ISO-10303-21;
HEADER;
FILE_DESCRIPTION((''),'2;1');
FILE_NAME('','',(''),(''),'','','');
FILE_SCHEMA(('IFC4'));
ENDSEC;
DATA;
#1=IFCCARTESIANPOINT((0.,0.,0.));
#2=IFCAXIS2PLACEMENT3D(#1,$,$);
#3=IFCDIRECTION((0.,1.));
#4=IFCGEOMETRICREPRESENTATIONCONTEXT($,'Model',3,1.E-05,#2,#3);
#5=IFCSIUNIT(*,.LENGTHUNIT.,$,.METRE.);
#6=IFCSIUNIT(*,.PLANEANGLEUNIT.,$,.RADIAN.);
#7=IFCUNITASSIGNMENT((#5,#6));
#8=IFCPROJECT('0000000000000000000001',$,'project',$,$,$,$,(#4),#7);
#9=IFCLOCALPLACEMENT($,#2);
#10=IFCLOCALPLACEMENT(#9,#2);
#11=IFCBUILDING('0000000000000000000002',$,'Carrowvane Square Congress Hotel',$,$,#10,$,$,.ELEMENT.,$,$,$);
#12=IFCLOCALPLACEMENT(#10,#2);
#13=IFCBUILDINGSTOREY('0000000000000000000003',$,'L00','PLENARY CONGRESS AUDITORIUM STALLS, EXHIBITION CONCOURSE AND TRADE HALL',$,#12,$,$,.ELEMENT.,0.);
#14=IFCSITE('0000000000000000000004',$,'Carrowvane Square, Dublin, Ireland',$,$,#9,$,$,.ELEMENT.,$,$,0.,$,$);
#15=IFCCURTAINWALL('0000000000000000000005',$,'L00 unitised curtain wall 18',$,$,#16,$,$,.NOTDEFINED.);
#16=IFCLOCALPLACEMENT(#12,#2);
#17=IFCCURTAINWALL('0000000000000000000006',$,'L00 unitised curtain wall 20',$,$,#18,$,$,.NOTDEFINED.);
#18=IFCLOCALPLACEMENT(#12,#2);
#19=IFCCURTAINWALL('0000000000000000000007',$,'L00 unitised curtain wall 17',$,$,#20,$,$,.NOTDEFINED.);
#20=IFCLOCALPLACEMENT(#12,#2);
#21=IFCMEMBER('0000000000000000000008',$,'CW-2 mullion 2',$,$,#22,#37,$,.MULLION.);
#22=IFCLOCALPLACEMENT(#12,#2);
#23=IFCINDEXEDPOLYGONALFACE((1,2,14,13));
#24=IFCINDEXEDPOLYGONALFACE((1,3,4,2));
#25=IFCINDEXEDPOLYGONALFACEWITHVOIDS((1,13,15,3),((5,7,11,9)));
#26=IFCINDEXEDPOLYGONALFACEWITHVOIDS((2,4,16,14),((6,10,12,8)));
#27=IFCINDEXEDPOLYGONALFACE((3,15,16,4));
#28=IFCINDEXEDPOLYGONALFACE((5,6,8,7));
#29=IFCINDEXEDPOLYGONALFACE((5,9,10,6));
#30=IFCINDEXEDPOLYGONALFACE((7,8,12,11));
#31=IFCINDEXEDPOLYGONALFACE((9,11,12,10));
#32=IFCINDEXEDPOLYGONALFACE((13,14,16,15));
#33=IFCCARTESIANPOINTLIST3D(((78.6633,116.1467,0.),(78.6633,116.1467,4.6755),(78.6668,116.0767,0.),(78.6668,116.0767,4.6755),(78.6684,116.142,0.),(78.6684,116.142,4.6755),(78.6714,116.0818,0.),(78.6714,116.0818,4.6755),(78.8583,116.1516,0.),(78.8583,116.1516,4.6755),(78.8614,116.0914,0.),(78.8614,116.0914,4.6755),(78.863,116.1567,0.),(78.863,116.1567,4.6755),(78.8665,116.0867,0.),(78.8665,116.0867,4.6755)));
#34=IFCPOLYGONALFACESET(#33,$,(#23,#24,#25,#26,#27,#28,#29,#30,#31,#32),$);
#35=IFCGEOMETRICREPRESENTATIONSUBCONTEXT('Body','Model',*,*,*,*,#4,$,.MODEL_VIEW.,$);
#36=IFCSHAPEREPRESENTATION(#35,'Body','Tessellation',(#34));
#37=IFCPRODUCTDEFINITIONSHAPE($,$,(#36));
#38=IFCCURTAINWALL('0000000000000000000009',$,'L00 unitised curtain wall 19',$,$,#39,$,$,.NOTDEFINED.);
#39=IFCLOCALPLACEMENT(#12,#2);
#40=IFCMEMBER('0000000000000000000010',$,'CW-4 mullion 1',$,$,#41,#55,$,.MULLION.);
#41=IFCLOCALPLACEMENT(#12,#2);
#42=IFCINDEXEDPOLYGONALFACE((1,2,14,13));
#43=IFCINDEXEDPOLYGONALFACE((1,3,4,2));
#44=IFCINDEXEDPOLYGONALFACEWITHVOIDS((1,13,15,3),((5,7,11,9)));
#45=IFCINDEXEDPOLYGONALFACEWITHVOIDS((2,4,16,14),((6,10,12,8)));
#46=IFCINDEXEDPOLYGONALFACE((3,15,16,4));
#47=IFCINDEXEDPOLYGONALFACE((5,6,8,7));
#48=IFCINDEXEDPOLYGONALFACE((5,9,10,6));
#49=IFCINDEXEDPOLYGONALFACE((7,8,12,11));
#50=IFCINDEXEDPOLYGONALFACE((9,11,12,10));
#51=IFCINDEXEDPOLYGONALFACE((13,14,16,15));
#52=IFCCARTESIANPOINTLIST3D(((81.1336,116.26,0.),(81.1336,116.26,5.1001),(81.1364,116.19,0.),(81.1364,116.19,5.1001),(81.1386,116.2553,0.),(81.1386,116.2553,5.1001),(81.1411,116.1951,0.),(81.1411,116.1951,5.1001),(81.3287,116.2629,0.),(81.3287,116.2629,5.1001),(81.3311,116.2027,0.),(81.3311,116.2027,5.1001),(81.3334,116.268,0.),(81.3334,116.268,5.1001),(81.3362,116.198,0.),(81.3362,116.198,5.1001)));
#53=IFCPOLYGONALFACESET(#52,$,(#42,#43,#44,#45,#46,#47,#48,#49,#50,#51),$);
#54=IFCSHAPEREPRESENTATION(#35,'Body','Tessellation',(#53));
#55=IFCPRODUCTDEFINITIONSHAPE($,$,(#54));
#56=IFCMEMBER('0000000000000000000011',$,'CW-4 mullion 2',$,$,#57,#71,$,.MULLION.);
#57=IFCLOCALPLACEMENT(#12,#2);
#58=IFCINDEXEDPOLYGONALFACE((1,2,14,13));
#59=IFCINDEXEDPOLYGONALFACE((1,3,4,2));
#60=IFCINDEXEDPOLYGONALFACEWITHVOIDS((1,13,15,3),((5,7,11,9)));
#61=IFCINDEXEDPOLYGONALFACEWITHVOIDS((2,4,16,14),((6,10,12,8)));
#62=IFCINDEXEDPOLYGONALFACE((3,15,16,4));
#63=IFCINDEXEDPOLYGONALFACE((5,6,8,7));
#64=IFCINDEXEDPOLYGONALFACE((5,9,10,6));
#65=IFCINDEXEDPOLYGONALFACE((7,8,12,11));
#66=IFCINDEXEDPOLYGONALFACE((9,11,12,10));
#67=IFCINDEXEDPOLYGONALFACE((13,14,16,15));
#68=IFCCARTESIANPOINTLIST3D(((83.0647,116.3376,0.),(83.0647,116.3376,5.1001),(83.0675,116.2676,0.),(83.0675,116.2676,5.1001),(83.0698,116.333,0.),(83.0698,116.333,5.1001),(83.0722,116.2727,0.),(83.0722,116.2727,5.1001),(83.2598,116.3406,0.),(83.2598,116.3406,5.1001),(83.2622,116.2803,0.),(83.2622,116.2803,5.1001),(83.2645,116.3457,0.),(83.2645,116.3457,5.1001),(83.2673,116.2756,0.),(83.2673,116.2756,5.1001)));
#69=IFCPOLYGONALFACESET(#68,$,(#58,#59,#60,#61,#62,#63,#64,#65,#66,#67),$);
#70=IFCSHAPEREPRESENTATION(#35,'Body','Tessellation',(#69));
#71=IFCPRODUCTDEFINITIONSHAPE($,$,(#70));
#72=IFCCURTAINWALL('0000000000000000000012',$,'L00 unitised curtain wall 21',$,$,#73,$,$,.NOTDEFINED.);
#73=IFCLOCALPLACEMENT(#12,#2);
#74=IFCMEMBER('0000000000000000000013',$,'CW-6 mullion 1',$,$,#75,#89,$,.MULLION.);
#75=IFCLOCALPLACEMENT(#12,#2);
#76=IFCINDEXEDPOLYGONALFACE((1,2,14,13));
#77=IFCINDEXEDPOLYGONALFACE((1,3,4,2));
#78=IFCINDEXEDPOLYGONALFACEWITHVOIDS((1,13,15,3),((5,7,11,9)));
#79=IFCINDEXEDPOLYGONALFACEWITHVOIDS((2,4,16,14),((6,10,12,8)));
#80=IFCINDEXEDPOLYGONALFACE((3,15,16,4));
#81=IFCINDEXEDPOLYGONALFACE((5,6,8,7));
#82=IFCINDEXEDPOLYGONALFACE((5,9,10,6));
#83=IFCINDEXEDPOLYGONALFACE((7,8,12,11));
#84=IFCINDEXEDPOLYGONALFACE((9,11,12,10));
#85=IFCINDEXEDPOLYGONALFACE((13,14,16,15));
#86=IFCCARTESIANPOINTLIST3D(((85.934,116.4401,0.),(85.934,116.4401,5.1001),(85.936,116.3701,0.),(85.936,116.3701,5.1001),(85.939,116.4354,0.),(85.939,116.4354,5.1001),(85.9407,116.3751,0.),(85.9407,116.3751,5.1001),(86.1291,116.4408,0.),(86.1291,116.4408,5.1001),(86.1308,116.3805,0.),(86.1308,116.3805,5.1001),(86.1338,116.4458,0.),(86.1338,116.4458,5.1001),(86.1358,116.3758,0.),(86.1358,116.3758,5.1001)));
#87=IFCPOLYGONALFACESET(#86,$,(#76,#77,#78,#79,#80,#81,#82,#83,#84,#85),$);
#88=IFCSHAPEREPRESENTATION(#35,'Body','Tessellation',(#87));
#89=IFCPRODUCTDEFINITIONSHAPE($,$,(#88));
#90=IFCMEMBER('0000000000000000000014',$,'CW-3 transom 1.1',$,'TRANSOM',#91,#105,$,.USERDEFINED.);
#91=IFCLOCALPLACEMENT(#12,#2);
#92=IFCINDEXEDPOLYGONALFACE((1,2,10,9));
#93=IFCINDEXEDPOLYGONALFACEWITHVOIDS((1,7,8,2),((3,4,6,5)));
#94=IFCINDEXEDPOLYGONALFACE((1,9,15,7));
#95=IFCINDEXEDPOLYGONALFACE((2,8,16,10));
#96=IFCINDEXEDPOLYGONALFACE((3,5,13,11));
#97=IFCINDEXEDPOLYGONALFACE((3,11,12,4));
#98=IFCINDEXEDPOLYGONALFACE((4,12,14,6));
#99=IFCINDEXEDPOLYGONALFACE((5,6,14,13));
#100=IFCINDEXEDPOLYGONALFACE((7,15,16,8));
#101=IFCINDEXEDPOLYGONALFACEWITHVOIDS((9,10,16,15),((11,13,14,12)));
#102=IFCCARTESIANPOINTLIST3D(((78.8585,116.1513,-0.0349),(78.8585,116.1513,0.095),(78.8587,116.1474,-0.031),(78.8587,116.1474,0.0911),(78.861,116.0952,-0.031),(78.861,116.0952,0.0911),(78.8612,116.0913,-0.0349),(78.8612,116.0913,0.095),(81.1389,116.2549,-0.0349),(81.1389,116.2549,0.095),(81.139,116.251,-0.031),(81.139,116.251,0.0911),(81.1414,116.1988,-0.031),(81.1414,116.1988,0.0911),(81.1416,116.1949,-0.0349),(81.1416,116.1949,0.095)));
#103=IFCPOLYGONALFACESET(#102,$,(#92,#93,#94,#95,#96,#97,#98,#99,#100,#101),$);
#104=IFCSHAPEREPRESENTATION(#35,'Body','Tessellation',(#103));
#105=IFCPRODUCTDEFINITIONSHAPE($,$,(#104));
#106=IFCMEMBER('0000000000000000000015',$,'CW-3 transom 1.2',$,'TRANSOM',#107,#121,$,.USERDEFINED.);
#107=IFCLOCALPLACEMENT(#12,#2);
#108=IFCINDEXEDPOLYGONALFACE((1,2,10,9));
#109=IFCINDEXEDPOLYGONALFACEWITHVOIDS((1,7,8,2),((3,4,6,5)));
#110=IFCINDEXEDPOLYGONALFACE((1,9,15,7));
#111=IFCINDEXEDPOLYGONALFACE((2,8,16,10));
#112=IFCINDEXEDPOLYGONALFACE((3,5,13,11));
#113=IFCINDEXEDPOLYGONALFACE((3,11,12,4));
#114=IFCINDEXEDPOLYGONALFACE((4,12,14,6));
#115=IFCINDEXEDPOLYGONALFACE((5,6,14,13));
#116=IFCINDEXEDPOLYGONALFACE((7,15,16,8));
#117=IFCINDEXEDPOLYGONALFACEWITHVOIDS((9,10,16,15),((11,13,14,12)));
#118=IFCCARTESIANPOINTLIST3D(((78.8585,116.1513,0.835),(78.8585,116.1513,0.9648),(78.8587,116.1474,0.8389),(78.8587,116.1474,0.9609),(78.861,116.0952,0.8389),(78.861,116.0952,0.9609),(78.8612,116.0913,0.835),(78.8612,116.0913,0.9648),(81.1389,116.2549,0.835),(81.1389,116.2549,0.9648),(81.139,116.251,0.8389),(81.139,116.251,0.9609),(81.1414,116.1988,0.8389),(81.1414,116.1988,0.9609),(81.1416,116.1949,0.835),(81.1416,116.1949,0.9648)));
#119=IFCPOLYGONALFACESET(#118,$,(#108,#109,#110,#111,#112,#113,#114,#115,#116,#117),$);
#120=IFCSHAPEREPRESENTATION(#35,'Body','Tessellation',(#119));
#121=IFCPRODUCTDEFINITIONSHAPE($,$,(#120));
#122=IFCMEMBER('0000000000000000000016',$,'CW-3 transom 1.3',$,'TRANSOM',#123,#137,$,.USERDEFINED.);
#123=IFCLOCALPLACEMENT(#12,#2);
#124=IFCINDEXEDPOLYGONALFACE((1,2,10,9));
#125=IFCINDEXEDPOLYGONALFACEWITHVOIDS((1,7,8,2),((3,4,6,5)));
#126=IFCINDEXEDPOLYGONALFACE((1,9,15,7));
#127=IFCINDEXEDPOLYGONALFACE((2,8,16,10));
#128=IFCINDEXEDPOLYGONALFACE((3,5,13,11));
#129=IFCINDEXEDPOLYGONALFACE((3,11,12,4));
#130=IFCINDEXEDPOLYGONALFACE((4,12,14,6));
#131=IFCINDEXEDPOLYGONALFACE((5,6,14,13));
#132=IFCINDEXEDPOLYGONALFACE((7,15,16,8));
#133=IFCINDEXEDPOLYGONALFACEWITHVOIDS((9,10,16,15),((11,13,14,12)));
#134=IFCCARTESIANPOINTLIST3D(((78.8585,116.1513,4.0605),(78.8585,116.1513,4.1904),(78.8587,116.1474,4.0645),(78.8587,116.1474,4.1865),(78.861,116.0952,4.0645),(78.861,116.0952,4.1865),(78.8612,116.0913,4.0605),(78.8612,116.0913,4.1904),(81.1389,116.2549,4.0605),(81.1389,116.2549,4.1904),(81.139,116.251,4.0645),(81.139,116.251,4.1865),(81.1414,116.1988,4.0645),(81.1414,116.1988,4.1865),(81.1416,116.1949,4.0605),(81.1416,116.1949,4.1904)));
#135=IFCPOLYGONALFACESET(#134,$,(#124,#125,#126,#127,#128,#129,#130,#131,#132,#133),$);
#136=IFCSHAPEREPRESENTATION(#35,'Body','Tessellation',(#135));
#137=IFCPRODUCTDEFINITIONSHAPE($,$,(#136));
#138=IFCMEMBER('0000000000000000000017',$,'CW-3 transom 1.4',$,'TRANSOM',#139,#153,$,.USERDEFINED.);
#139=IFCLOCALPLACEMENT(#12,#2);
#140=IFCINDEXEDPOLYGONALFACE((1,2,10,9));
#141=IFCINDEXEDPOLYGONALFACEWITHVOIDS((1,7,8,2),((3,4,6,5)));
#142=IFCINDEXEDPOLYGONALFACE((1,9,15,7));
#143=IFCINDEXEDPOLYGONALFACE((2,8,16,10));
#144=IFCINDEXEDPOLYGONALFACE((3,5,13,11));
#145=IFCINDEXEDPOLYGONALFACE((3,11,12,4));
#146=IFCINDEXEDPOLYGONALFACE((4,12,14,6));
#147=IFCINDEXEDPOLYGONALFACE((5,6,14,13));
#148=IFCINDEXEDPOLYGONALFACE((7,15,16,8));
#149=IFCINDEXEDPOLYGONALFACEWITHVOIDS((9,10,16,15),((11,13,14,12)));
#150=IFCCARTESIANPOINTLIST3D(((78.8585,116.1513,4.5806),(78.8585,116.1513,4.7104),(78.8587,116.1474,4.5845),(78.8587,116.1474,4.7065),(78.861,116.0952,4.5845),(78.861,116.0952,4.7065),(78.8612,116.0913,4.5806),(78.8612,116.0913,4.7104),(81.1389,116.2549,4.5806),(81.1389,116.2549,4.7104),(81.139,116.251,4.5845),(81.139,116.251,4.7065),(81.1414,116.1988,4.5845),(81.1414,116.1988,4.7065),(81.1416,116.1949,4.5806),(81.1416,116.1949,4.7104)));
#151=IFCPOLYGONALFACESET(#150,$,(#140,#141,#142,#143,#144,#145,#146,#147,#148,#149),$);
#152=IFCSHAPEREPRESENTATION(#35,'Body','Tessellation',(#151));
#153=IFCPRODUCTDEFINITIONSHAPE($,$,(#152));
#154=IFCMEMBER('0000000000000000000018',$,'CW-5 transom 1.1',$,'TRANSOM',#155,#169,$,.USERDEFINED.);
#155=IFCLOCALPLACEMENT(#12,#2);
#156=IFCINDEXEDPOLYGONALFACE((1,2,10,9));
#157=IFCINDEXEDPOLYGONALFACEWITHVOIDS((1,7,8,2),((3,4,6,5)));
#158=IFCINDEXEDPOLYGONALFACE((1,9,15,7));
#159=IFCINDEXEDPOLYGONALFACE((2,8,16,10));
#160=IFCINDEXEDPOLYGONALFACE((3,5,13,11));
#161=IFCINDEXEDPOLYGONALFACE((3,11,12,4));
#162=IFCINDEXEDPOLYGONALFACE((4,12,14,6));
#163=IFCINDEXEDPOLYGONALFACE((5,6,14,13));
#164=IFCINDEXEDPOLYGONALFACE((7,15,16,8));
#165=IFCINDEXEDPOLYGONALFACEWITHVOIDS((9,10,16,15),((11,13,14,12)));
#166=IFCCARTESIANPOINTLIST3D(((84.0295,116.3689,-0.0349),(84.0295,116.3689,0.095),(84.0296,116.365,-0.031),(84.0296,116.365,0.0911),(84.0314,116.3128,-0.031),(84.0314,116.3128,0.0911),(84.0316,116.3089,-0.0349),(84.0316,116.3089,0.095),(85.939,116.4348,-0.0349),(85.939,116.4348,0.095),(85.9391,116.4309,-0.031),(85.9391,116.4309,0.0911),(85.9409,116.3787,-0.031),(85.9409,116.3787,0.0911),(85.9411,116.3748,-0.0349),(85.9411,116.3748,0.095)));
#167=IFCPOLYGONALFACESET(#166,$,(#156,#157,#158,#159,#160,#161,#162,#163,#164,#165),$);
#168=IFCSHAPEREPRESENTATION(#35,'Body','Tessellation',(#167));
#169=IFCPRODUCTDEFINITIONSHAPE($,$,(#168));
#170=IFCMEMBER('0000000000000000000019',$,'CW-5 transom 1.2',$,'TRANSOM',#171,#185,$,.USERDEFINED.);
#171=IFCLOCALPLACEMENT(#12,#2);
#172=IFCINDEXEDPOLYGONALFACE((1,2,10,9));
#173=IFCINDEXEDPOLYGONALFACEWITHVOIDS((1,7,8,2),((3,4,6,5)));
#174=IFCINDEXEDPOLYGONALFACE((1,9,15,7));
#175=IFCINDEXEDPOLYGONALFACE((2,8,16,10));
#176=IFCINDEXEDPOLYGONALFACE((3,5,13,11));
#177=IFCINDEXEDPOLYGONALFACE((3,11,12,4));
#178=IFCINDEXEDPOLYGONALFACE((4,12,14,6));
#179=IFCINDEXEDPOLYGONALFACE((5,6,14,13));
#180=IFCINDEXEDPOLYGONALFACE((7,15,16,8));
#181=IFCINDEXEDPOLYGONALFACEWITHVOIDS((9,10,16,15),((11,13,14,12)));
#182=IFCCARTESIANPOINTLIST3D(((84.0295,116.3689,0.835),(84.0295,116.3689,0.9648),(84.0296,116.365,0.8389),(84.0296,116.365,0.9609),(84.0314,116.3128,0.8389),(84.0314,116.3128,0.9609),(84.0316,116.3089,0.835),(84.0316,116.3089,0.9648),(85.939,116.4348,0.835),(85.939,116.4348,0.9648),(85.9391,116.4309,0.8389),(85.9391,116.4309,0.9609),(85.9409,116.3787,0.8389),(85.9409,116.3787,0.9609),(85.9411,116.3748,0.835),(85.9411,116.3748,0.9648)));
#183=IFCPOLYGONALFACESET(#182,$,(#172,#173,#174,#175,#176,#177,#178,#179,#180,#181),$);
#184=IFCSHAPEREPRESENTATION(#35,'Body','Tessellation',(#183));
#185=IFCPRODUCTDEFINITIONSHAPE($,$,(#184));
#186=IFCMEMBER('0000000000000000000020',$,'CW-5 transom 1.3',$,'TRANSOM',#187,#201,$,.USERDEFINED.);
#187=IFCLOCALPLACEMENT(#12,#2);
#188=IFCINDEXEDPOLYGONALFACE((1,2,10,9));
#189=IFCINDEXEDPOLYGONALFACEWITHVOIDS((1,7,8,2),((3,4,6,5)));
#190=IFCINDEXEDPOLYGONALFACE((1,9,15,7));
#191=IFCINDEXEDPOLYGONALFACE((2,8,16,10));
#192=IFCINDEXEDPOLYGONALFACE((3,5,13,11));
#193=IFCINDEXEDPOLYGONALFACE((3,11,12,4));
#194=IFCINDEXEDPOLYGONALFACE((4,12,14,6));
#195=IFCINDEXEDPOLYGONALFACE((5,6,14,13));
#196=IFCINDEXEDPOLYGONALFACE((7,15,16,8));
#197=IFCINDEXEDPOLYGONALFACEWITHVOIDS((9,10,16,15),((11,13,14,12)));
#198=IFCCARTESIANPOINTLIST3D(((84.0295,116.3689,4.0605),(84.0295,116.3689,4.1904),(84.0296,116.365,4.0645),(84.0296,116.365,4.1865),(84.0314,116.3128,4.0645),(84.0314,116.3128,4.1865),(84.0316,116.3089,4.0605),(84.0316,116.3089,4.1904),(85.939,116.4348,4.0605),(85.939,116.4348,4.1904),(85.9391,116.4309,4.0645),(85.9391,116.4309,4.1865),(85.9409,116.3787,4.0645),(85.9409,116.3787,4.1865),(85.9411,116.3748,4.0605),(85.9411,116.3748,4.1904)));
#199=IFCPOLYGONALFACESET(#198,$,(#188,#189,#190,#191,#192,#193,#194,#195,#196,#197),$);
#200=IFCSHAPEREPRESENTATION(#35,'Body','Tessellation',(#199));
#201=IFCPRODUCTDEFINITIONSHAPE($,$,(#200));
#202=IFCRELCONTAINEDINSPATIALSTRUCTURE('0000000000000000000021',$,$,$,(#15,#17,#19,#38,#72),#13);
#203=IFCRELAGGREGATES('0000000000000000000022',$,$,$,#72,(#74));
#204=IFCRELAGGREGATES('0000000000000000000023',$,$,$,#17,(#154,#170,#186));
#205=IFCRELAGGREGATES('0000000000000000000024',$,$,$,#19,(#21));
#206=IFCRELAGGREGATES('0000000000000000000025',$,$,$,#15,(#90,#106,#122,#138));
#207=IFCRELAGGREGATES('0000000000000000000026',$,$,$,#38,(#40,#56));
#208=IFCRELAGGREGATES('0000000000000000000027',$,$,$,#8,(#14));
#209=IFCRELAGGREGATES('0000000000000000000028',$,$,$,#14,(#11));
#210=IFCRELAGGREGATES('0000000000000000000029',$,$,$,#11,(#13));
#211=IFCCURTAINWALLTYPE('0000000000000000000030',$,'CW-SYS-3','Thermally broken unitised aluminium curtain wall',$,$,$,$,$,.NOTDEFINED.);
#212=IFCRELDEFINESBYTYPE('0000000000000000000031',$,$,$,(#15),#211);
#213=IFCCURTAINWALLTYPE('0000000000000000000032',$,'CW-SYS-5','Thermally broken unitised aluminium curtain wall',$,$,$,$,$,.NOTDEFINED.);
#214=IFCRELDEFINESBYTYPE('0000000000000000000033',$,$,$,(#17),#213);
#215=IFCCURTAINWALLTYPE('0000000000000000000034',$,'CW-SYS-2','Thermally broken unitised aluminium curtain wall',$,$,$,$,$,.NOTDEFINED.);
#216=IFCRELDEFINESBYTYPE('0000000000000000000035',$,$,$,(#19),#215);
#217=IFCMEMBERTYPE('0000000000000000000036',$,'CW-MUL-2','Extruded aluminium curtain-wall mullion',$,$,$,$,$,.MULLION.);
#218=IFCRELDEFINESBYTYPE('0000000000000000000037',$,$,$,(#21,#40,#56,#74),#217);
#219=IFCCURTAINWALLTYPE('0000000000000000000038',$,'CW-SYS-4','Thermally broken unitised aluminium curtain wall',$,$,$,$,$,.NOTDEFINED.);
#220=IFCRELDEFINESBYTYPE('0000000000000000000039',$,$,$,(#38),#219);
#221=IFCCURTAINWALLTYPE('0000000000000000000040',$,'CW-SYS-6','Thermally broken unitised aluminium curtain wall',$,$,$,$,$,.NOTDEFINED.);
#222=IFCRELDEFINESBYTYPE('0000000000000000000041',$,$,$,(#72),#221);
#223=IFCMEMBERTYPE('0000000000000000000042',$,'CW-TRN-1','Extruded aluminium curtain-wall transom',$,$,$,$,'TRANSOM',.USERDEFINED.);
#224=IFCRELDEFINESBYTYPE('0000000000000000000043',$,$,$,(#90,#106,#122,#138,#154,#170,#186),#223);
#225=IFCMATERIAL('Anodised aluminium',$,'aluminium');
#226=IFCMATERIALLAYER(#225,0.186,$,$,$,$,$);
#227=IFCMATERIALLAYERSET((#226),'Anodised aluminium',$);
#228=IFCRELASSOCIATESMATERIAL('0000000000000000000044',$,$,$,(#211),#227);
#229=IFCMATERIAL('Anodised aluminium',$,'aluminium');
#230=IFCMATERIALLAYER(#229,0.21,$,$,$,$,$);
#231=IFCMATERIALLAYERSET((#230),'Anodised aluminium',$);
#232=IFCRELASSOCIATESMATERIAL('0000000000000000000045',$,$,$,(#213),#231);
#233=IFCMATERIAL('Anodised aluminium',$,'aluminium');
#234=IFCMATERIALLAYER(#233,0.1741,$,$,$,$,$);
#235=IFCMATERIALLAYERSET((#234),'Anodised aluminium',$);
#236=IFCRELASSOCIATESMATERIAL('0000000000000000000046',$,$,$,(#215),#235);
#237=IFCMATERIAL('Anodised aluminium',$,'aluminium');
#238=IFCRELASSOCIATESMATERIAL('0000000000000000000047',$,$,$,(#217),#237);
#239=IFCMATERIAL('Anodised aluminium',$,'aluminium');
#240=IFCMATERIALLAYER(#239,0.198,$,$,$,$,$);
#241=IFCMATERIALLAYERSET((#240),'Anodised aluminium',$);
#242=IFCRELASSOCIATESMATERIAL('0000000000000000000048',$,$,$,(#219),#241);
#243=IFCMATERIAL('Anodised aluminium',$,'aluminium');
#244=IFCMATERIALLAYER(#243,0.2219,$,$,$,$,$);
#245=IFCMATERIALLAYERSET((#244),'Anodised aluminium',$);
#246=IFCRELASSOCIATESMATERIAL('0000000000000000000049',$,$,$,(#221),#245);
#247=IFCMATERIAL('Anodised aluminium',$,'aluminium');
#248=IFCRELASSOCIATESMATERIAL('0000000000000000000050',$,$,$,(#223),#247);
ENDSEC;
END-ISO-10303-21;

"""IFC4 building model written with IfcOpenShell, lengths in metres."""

from ifc_helpers import new_model, si_unit, direction, frame, origin, origin_2d, place, context, subcontext, project, spatial, hollow_rectangle, extrude, material, layer, layer_set, material_profile, profile_set, type_object, element, aggregate, save


model = new_model("IFC4")

# Units and contexts
model_context = context("Model", 3, precision=1e-05, world=origin(), true_north=direction((0.0, 1.0)))
body_context = subcontext(model_context, "Body", "Model", "MODEL_VIEW")
ifc_project = project(units=[si_unit("LENGTHUNIT", "METRE"), si_unit("PLANEANGLEUNIT", "RADIAN")], contexts=[model_context])

# Site, building, storey
site_placement = place(None, origin())
site = spatial("IfcSite", under=ifc_project, at=site_placement, Name="Carrowvane Square, Dublin, Ireland", CompositionType="ELEMENT", RefElevation=0.0)
building_placement = place(site_placement, origin())
building = spatial("IfcBuilding", under=site, at=building_placement, Name="Carrowvane Square Congress Hotel", CompositionType="ELEMENT")
storey_placement = place(building_placement, origin())
storey = spatial("IfcBuildingStorey", under=building, at=storey_placement, Name="L00", Description="PLENARY CONGRESS AUDITORIUM STALLS, EXHIBITION CONCOURSE AND TRADE HALL", CompositionType="ELEMENT", Elevation=0.0)

# Curtain walls
ifc_material_1 = material(Name="Anodised aluminium", Category="aluminium")
ifc_layer_1 = layer(ifc_material_1, 0.186)
ifc_layer_set_1 = layer_set([ifc_layer_1], Name="Anodised aluminium")
curtain_wall_type_1 = type_object("IfcCurtainWallType", Name="CW-SYS-3", Description="Thermally broken unitised aluminium curtain wall", PredefinedType="NOTDEFINED", material=ifc_layer_set_1)
curtain_wall_1_placement = place(storey_placement, origin())
curtain_wall_1 = element("IfcCurtainWall", 1, at=curtain_wall_1_placement, inside=storey, type_object=curtain_wall_type_1, Name="L00 unitised curtain wall 18", PredefinedType="NOTDEFINED")
ifc_material_2 = material(Name="Anodised aluminium", Category="aluminium")
ifc_layer_2 = layer(ifc_material_2, 0.21)
ifc_layer_set_2 = layer_set([ifc_layer_2], Name="Anodised aluminium")
curtain_wall_type_2 = type_object("IfcCurtainWallType", Name="CW-SYS-5", Description="Thermally broken unitised aluminium curtain wall", PredefinedType="NOTDEFINED", material=ifc_layer_set_2)
curtain_wall_2_placement = place(storey_placement, origin())
curtain_wall_2 = element("IfcCurtainWall", 2, at=curtain_wall_2_placement, inside=storey, type_object=curtain_wall_type_2, Name="L00 unitised curtain wall 20", PredefinedType="NOTDEFINED")

# Curtain wall, member
ifc_material_3 = material(Name="Anodised aluminium", Category="aluminium")
ifc_layer_3 = layer(ifc_material_3, 0.1741)
ifc_layer_set_3 = layer_set([ifc_layer_3], Name="Anodised aluminium")
curtain_wall_type_3 = type_object("IfcCurtainWallType", Name="CW-SYS-2", Description="Thermally broken unitised aluminium curtain wall", PredefinedType="NOTDEFINED", material=ifc_layer_set_3)
curtain_wall_3_placement = place(storey_placement, origin())
curtain_wall_3 = element("IfcCurtainWall", 3, at=curtain_wall_3_placement, inside=storey, type_object=curtain_wall_type_3, Name="L00 unitised curtain wall 17", PredefinedType="NOTDEFINED")
ifc_material_4 = material(Name="Anodised aluminium", Category="aluminium")
ifc_material_profile_1 = material_profile(ifc_material_4, hollow_rectangle(XDim=0.0701, YDim=0.2, WallThickness=0.0049, at=origin_2d()), Name="CW-ML 70x200x5")
ifc_profile_set_1 = profile_set([ifc_material_profile_1], Name="Anodised aluminium")
member_type_1 = type_object("IfcMemberType", Name="CW-MUL-2", Description="Extruded aluminium curtain-wall mullion", PredefinedType="MULLION", material=ifc_profile_set_1)
member_1_placement = place(storey_placement, frame((78.7649, 116.1167, 0.0), z_axis=(0.0, 0.0, 1.0), x_axis=(-0.050324, 0.998733, 0.0)))
member_1 = element("IfcMember", 4, at=member_1_placement, type_object=member_type_1, Name="CW-2 mullion 2", PredefinedType="MULLION", context=body_context, shape_type="SweptSolid", body=[
    extrude(hollow_rectangle(XDim=0.0701, YDim=0.2, WallThickness=0.0049, at=origin_2d()), origin(), (0.0, 0.0, 1.0), 4.6755),
])

# Curtain wall, members
ifc_material_5 = material(Name="Anodised aluminium", Category="aluminium")
ifc_layer_4 = layer(ifc_material_5, 0.198)
ifc_layer_set_4 = layer_set([ifc_layer_4], Name="Anodised aluminium")
curtain_wall_type_4 = type_object("IfcCurtainWallType", Name="CW-SYS-4", Description="Thermally broken unitised aluminium curtain wall", PredefinedType="NOTDEFINED", material=ifc_layer_set_4)
curtain_wall_4_placement = place(storey_placement, origin())
curtain_wall_4 = element("IfcCurtainWall", 5, at=curtain_wall_4_placement, inside=storey, type_object=curtain_wall_type_4, Name="L00 unitised curtain wall 19", PredefinedType="NOTDEFINED")
member_2_placement = place(storey_placement, frame((81.2349, 116.229, 0.0), z_axis=(0.0, 0.0, 1.0), x_axis=(-0.040136, 0.999194, 0.0)))
member_2 = element("IfcMember", 6, at=member_2_placement, type_object=member_type_1, Name="CW-4 mullion 1", PredefinedType="MULLION", context=body_context, shape_type="SweptSolid", body=[
    extrude(hollow_rectangle(XDim=0.0701, YDim=0.2, WallThickness=0.0049, at=origin_2d()), origin(), (0.0, 0.0, 1.0), 5.1001),
])
member_3_placement = place(storey_placement, frame((83.166, 116.3066, 0.0), z_axis=(0.0, 0.0, 1.0), x_axis=(-0.040136, 0.999194, 0.0)))
member_3 = element("IfcMember", 7, at=member_3_placement, type_object=member_type_1, Name="CW-4 mullion 2", PredefinedType="MULLION", context=body_context, shape_type="SweptSolid", body=[
    extrude(hollow_rectangle(XDim=0.0701, YDim=0.2, WallThickness=0.0049, at=origin_2d()), origin(), (0.0, 0.0, 1.0), 5.1001),
])

# Curtain wall, member
ifc_material_6 = material(Name="Anodised aluminium", Category="aluminium")
ifc_layer_5 = layer(ifc_material_6, 0.2219)
ifc_layer_set_5 = layer_set([ifc_layer_5], Name="Anodised aluminium")
curtain_wall_type_5 = type_object("IfcCurtainWallType", Name="CW-SYS-6", Description="Thermally broken unitised aluminium curtain wall", PredefinedType="NOTDEFINED", material=ifc_layer_set_5)
curtain_wall_5_placement = place(storey_placement, origin())
curtain_wall_5 = element("IfcCurtainWall", 8, at=curtain_wall_5_placement, inside=storey, type_object=curtain_wall_type_5, Name="L00 unitised curtain wall 21", PredefinedType="NOTDEFINED")
member_4_placement = place(storey_placement, frame((86.0349, 116.408, 0.0), z_axis=(0.0, 0.0, 1.0), x_axis=(-0.028638, 0.99959, 0.0)))
member_4 = element("IfcMember", 9, at=member_4_placement, type_object=member_type_1, Name="CW-6 mullion 1", PredefinedType="MULLION", context=body_context, shape_type="SweptSolid", body=[
    extrude(hollow_rectangle(XDim=0.0701, YDim=0.2, WallThickness=0.0049, at=origin_2d()), origin(), (0.0, 0.0, 1.0), 5.1001),
])

# Members
ifc_material_7 = material(Name="Anodised aluminium", Category="aluminium")
ifc_material_profile_2 = material_profile(ifc_material_7, hollow_rectangle(XDim=0.0601, YDim=0.1299, WallThickness=0.0039, at=origin_2d()), Name="CW-TR 60x130x4")
ifc_profile_set_2 = profile_set([ifc_material_profile_2], Name="Anodised aluminium")
member_type_2 = type_object("IfcMemberType", Name="CW-TRN-1", Description="Extruded aluminium curtain-wall transom", ElementType="TRANSOM", PredefinedType="USERDEFINED", material=ifc_profile_set_2)
member_5_placement = place(storey_placement, frame((78.8599, 116.1213, 0.03), z_axis=(0.998971, 0.045349, 0.0), x_axis=(-0.045349, 0.998971, 0.0)))
member_5 = element("IfcMember", 10, at=member_5_placement, type_object=member_type_2, Name="CW-3 transom 1.1", ObjectType="TRANSOM", PredefinedType="USERDEFINED", context=body_context, shape_type="SweptSolid", body=[
    extrude(hollow_rectangle(XDim=0.0601, YDim=0.1299, WallThickness=0.0039, at=origin_2d()), origin(), (0.0, 0.0, 1.0), 2.2827),
])
member_6_placement = place(storey_placement, frame((78.8599, 116.1213, 0.8999), z_axis=(0.998971, 0.045349, 0.0), x_axis=(-0.045349, 0.998971, 0.0)))
member_6 = element("IfcMember", 11, at=member_6_placement, type_object=member_type_2, Name="CW-3 transom 1.2", ObjectType="TRANSOM", PredefinedType="USERDEFINED", context=body_context, shape_type="SweptSolid", body=[
    extrude(hollow_rectangle(XDim=0.0601, YDim=0.1299, WallThickness=0.0039, at=origin_2d()), origin(), (0.0, 0.0, 1.0), 2.2827),
])
member_7_placement = place(storey_placement, frame((78.8599, 116.1213, 4.1255), z_axis=(0.998971, 0.045349, 0.0), x_axis=(-0.045349, 0.998971, 0.0)))
member_7 = element("IfcMember", 12, at=member_7_placement, type_object=member_type_2, Name="CW-3 transom 1.3", ObjectType="TRANSOM", PredefinedType="USERDEFINED", context=body_context, shape_type="SweptSolid", body=[
    extrude(hollow_rectangle(XDim=0.0601, YDim=0.1299, WallThickness=0.0039, at=origin_2d()), origin(), (0.0, 0.0, 1.0), 2.2827),
])
member_8_placement = place(storey_placement, frame((78.8599, 116.1213, 4.6455), z_axis=(0.998971, 0.045349, 0.0), x_axis=(-0.045349, 0.998971, 0.0)))
member_8 = element("IfcMember", 13, at=member_8_placement, type_object=member_type_2, Name="CW-3 transom 1.4", ObjectType="TRANSOM", PredefinedType="USERDEFINED", context=body_context, shape_type="SweptSolid", body=[
    extrude(hollow_rectangle(XDim=0.0601, YDim=0.1299, WallThickness=0.0039, at=origin_2d()), origin(), (0.0, 0.0, 1.0), 2.2827),
])
member_9_placement = place(storey_placement, frame((84.0305, 116.3389, 0.03), z_axis=(0.999405, 0.034502, 0.0), x_axis=(-0.034502, 0.999405, 0.0)))
member_9 = element("IfcMember", 14, at=member_9_placement, type_object=member_type_2, Name="CW-5 transom 1.1", ObjectType="TRANSOM", PredefinedType="USERDEFINED", context=body_context, shape_type="SweptSolid", body=[
    extrude(hollow_rectangle(XDim=0.0601, YDim=0.1299, WallThickness=0.0039, at=origin_2d()), origin(), (0.0, 0.0, 1.0), 1.9106),
])
member_10_placement = place(storey_placement, frame((84.0305, 116.3389, 0.8999), z_axis=(0.999405, 0.034502, 0.0), x_axis=(-0.034502, 0.999405, 0.0)))
member_10 = element("IfcMember", 15, at=member_10_placement, type_object=member_type_2, Name="CW-5 transom 1.2", ObjectType="TRANSOM", PredefinedType="USERDEFINED", context=body_context, shape_type="SweptSolid", body=[
    extrude(hollow_rectangle(XDim=0.0601, YDim=0.1299, WallThickness=0.0039, at=origin_2d()), origin(), (0.0, 0.0, 1.0), 1.9106),
])
member_11_placement = place(storey_placement, frame((84.0305, 116.3389, 4.1255), z_axis=(0.999405, 0.034502, 0.0), x_axis=(-0.034502, 0.999405, 0.0)))
member_11 = element("IfcMember", 16, at=member_11_placement, type_object=member_type_2, Name="CW-5 transom 1.3", ObjectType="TRANSOM", PredefinedType="USERDEFINED", context=body_context, shape_type="SweptSolid", body=[
    extrude(hollow_rectangle(XDim=0.0601, YDim=0.1299, WallThickness=0.0039, at=origin_2d()), origin(), (0.0, 0.0, 1.0), 1.9106),
])
aggregate(curtain_wall_5, [member_4])

aggregate(curtain_wall_2, [member_9, member_10, member_11])
aggregate(curtain_wall_3, [member_1])
aggregate(curtain_wall_1, [member_5, member_6, member_7, member_8])
aggregate(curtain_wall_4, [member_2, member_3])

save(model, "model.ifc")
